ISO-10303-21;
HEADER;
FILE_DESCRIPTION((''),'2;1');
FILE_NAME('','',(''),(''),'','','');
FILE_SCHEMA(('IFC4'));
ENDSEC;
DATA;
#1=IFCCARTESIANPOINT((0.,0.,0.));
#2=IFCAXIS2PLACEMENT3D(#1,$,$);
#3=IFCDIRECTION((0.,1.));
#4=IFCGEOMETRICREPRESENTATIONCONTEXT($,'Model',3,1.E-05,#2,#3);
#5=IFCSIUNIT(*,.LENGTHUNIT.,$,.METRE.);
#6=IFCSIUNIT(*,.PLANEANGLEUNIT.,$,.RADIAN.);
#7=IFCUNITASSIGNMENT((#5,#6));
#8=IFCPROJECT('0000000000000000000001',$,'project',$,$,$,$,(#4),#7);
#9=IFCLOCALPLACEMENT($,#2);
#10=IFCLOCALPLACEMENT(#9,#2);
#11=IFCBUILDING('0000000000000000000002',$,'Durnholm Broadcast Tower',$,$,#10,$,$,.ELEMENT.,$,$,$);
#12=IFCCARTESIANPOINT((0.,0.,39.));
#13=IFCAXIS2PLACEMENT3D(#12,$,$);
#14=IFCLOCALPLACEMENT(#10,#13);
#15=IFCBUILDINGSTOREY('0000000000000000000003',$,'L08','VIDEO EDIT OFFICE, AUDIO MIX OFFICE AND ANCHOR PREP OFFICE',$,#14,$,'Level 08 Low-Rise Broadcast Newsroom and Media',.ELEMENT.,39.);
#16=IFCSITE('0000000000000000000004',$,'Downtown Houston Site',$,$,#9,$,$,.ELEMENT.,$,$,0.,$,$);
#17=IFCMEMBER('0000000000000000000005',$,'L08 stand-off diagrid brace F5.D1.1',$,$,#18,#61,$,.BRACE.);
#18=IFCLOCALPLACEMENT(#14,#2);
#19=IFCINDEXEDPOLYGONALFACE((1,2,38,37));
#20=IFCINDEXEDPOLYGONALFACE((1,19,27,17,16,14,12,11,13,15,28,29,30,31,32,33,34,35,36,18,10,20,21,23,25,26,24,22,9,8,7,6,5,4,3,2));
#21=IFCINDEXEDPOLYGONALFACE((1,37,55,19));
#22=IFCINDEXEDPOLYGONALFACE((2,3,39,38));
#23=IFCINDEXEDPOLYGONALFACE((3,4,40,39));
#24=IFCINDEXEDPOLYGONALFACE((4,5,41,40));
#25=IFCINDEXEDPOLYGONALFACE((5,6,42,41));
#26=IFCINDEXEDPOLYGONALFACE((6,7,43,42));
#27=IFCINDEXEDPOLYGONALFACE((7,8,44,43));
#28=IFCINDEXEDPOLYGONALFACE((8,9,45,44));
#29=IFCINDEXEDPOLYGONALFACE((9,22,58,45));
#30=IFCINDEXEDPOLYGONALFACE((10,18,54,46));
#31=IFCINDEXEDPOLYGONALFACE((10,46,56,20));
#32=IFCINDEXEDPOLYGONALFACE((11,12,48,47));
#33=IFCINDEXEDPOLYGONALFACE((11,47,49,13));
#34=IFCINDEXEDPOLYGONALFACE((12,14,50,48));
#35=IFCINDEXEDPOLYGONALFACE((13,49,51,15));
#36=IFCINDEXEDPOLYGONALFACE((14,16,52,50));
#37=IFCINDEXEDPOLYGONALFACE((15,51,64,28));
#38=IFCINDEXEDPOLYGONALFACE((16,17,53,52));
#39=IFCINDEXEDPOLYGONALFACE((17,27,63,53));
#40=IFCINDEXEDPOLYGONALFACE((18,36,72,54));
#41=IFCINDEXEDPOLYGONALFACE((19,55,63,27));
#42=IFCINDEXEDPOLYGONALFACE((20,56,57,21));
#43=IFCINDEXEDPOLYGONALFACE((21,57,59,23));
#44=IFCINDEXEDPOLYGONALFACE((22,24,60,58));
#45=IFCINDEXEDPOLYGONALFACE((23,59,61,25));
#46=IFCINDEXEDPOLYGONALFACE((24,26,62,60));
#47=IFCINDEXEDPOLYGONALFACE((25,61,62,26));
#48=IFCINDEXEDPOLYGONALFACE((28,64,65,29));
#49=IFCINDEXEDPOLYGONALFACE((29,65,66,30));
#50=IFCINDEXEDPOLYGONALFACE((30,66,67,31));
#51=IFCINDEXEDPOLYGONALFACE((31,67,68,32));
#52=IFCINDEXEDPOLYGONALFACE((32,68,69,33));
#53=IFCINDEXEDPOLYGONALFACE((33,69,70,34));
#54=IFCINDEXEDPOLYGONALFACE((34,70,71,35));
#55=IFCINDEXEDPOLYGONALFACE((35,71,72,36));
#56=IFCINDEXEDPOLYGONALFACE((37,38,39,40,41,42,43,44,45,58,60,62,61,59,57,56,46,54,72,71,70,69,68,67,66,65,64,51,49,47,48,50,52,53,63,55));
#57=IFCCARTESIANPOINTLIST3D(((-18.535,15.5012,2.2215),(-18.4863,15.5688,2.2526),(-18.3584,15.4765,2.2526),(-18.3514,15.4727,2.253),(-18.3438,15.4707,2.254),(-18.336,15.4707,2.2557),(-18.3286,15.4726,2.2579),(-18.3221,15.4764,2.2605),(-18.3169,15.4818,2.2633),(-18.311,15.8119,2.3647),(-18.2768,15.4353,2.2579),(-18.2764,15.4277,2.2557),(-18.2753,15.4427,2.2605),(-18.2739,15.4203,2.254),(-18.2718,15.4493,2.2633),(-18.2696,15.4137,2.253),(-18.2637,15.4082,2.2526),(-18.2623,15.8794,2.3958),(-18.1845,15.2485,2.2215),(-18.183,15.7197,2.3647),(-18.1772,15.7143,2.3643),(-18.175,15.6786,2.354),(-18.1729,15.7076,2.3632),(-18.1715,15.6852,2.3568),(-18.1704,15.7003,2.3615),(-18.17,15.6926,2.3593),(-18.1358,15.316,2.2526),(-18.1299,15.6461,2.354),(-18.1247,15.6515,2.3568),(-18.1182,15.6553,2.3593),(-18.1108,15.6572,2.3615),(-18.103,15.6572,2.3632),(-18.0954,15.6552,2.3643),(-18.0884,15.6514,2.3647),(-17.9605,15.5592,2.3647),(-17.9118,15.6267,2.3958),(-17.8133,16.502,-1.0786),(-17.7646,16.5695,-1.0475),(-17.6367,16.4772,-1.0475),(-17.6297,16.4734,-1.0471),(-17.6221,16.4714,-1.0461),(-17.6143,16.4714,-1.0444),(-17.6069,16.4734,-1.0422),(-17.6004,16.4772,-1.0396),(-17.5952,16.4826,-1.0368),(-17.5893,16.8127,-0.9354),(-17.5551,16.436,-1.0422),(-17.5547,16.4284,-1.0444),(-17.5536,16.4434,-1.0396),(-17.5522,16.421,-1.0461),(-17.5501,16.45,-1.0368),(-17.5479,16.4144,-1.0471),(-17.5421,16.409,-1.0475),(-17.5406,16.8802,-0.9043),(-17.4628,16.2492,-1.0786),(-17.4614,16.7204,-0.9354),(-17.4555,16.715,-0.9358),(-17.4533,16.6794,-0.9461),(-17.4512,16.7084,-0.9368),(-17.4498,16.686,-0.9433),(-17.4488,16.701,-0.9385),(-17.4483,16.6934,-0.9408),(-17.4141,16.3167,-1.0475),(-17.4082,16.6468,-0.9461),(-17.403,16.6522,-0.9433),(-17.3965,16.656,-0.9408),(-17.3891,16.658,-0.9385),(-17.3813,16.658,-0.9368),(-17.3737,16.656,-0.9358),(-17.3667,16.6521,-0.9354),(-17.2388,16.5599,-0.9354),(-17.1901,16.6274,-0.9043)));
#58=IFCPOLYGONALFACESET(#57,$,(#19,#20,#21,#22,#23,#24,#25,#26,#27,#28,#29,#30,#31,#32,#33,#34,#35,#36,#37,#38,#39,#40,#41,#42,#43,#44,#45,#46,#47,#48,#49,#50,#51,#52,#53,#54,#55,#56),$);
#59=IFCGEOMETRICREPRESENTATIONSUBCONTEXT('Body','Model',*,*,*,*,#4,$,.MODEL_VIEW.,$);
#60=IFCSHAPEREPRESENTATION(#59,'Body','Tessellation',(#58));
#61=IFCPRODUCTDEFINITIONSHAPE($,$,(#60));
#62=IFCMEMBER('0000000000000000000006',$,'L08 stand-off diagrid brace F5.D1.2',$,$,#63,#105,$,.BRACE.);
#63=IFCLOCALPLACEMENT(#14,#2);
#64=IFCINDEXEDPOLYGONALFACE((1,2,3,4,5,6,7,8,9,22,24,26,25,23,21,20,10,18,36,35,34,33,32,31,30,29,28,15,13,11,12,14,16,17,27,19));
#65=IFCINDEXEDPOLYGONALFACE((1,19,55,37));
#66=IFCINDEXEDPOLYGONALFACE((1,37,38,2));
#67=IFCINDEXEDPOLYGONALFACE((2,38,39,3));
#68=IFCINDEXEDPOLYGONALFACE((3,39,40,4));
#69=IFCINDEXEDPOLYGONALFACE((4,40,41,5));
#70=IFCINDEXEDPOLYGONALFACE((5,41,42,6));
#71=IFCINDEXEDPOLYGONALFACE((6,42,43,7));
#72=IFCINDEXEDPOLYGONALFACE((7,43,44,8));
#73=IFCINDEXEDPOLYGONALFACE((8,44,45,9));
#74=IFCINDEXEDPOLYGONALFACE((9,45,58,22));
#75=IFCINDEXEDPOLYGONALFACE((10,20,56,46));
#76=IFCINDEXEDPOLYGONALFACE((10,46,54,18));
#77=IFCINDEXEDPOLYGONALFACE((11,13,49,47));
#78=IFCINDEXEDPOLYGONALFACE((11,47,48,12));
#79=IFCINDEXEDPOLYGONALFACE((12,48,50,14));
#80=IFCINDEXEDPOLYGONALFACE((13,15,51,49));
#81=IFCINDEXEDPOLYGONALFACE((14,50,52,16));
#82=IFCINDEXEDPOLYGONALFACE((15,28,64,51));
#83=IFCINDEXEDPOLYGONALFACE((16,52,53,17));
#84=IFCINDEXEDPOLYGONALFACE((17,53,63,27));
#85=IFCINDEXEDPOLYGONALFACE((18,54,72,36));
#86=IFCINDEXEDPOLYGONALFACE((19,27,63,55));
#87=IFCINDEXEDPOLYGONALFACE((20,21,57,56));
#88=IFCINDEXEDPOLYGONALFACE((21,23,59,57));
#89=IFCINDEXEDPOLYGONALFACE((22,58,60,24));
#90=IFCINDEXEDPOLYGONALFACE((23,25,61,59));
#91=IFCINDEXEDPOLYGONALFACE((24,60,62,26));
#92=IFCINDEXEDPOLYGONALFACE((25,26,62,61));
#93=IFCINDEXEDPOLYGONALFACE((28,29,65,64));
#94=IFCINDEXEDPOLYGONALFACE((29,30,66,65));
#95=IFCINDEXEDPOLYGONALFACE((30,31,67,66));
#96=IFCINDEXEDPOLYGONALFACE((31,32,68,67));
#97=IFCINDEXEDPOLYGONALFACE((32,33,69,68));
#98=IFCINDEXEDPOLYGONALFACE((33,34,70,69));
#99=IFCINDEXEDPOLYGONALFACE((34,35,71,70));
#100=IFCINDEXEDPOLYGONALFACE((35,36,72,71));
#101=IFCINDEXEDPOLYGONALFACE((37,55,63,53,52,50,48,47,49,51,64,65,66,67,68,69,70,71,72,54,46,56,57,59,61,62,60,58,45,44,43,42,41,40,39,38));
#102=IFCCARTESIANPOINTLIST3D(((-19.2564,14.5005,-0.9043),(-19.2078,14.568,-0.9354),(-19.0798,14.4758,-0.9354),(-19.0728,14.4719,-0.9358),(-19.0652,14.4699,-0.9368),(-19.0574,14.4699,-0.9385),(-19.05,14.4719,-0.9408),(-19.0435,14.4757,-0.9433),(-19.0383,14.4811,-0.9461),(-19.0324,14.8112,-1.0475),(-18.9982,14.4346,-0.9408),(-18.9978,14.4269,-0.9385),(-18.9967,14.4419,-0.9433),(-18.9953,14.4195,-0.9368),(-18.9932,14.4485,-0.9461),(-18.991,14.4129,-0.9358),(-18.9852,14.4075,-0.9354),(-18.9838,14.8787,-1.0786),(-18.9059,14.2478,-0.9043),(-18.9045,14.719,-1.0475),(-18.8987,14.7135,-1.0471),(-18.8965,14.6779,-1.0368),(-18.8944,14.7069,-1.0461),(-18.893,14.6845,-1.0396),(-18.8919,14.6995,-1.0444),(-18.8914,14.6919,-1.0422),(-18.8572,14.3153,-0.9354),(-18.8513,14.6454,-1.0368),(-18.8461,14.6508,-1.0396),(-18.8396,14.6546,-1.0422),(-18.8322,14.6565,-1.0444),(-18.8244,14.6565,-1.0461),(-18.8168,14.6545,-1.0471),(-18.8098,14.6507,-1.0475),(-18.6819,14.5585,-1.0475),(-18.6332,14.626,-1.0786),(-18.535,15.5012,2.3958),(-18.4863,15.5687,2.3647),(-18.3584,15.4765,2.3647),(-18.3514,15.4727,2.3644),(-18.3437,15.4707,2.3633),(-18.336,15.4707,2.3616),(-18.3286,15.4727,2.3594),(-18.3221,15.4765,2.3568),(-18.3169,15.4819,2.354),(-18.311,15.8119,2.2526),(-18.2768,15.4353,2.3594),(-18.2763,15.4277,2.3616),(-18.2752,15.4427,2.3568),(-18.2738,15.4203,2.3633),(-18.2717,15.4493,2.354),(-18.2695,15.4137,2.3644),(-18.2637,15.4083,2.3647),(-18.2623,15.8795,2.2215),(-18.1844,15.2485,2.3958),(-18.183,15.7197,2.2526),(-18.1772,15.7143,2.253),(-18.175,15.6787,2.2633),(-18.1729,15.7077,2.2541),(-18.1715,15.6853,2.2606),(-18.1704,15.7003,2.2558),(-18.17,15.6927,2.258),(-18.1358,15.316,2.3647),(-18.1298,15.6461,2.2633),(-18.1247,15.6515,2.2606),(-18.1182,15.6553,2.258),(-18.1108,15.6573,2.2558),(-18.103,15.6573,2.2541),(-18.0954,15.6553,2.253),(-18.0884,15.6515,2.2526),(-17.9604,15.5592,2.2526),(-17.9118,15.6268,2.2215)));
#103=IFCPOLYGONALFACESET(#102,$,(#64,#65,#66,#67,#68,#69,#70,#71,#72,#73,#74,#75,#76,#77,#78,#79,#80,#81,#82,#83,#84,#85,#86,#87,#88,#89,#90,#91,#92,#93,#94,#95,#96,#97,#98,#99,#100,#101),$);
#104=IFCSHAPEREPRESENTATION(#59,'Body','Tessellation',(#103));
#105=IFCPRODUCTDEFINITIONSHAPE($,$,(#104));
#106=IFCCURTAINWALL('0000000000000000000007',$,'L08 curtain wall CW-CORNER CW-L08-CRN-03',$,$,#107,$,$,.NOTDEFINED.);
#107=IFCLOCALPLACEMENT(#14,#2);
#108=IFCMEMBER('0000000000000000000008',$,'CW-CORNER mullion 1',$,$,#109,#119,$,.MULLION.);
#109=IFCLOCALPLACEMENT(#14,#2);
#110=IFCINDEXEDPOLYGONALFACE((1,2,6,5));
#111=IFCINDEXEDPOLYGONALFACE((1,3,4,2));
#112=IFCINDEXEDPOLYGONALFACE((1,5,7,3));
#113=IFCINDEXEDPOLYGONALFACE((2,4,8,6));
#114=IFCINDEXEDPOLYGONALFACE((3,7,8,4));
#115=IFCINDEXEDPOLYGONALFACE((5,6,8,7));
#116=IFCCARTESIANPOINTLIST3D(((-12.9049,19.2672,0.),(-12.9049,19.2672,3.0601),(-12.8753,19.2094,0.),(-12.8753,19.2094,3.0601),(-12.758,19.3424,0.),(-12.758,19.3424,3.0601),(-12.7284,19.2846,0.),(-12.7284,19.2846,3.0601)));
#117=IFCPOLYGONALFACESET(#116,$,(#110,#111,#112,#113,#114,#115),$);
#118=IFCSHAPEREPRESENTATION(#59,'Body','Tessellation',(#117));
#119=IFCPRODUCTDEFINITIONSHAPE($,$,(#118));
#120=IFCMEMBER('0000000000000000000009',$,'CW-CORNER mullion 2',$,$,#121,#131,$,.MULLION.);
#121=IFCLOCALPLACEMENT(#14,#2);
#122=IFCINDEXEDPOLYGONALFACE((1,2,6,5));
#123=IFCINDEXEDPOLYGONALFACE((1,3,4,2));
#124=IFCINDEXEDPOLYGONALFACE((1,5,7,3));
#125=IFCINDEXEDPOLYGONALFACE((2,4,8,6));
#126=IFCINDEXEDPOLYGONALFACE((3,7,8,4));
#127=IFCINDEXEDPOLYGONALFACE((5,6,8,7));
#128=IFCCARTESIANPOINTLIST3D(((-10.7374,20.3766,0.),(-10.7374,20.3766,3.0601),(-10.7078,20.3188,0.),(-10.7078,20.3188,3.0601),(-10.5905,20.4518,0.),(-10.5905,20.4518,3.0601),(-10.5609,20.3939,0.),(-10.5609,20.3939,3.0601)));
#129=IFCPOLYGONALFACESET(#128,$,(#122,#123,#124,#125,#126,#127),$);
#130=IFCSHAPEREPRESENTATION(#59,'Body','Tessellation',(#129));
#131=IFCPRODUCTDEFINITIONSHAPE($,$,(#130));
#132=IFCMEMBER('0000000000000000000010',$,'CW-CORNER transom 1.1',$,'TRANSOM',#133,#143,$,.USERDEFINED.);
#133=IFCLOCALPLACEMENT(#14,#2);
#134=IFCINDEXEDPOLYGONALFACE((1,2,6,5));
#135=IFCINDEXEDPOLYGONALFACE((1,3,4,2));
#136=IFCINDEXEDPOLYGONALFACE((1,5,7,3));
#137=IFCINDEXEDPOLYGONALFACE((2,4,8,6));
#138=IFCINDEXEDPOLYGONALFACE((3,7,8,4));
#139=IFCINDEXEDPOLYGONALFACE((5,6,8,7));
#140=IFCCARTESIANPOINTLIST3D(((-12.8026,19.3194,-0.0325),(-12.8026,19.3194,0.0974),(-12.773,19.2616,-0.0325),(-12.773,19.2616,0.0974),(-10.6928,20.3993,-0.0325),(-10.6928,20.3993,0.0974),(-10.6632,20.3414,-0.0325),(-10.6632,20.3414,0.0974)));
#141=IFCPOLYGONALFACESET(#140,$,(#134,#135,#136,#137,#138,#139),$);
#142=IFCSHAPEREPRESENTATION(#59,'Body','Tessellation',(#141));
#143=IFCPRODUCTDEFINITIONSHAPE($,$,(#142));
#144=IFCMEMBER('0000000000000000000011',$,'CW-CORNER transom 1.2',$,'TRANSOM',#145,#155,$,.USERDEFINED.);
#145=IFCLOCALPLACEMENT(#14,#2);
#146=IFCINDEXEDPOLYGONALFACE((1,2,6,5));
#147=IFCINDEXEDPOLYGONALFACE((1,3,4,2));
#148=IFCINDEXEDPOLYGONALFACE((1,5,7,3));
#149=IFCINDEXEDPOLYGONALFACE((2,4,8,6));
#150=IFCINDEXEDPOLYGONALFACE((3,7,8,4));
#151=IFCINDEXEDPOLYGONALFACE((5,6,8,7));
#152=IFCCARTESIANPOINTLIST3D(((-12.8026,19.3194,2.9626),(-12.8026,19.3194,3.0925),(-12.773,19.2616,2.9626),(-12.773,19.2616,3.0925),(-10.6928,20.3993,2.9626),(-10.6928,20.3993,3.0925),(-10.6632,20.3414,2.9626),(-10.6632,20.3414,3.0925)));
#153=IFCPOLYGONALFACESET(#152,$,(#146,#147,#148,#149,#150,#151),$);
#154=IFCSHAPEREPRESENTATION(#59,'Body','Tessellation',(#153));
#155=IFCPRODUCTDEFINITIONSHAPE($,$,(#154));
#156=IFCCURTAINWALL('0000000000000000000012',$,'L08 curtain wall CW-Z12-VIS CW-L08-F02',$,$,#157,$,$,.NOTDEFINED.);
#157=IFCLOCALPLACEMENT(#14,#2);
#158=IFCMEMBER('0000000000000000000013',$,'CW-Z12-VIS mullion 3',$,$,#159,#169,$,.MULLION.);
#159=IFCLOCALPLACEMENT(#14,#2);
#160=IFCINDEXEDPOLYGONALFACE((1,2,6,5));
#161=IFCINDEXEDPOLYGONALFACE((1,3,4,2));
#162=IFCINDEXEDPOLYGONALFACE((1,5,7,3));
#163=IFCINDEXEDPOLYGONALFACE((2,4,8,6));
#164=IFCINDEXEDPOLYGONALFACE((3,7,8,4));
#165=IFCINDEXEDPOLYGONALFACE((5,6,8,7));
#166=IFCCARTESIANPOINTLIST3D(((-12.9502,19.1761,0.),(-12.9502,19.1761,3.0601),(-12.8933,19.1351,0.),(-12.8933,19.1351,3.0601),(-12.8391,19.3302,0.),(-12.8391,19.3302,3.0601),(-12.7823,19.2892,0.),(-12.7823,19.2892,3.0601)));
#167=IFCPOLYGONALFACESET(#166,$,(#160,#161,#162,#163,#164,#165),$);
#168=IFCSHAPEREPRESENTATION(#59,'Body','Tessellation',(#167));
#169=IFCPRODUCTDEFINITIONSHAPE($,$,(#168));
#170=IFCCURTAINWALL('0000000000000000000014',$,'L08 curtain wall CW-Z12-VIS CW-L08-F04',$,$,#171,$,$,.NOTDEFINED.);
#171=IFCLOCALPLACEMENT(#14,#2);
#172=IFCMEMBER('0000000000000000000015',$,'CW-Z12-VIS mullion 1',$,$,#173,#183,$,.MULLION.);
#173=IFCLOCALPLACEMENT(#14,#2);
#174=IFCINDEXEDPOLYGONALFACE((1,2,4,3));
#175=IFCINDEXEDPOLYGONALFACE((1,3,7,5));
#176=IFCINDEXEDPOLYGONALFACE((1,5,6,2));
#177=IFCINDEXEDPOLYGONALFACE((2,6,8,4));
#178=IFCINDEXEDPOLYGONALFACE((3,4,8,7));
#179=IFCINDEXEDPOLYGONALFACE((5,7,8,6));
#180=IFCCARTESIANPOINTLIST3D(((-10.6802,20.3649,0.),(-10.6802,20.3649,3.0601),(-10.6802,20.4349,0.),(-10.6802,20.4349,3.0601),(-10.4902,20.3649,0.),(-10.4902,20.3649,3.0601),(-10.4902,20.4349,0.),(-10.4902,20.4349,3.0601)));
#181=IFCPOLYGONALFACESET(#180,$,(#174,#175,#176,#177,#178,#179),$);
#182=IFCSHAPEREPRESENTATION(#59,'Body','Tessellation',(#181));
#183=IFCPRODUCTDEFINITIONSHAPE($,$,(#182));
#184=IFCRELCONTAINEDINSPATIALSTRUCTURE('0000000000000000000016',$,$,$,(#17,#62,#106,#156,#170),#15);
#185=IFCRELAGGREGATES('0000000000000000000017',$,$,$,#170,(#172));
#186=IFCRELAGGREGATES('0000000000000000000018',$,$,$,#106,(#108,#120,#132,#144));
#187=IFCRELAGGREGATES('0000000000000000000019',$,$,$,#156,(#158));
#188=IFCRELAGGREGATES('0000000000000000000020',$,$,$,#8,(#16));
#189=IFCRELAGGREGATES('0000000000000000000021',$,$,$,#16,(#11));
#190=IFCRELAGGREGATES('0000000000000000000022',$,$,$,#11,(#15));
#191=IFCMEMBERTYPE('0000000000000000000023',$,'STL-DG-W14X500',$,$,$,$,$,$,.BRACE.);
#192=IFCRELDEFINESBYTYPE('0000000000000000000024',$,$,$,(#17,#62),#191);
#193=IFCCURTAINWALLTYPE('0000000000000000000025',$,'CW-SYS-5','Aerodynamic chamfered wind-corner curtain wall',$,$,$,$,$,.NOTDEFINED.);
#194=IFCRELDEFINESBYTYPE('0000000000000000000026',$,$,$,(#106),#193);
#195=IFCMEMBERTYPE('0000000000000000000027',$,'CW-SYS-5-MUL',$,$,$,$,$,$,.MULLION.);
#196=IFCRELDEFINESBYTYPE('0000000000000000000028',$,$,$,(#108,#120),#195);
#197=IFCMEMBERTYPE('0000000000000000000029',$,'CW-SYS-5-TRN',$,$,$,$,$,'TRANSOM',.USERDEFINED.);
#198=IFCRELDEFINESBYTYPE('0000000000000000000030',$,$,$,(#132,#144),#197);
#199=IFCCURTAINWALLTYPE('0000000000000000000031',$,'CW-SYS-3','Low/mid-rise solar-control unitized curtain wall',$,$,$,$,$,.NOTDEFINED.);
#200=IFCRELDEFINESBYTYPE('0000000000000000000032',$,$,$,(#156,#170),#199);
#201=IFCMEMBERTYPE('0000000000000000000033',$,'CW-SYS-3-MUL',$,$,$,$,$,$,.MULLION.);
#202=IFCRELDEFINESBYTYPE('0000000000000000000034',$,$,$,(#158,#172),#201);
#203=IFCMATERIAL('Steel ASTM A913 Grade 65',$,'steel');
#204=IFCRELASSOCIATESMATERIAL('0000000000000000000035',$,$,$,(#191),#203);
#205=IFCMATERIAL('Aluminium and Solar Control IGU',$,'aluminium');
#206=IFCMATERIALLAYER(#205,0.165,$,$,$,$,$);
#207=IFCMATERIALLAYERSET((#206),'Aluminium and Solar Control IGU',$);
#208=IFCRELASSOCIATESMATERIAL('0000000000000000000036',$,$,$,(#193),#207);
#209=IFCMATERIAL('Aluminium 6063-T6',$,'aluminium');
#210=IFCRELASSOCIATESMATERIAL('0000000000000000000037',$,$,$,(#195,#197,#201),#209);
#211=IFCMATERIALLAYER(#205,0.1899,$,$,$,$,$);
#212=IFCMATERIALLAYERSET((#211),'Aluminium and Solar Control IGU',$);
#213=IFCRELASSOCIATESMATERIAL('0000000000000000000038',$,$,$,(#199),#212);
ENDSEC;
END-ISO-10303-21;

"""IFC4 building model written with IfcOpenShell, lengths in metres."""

from ifc_helpers import new_model, si_unit, direction, frame, origin, origin_2d, place, context, subcontext, project, spatial, rectangle, i_section, extrude, source, transform, mapped, material, layer, layer_set, material_profile, profile_set, type_object, type_shapes, element, aggregate, save


model = new_model("IFC4")

# Units and contexts
model_context = context("Model", 3, precision=1e-05, world=origin(), true_north=direction((0.0, 1.0)))
body_context = subcontext(model_context, "Body", "Model", "MODEL_VIEW")
ifc_project = project(units=[si_unit("LENGTHUNIT", "METRE"), si_unit("PLANEANGLEUNIT", "RADIAN")], contexts=[model_context])

# Site, building, storey
site_placement = place(None, origin())
site = spatial("IfcSite", under=ifc_project, at=site_placement, Name="Downtown Houston Site", CompositionType="ELEMENT", RefElevation=0.0)
building_placement = place(site_placement, origin())
building = spatial("IfcBuilding", under=site, at=building_placement, Name="Durnholm Broadcast Tower", CompositionType="ELEMENT")
storey_placement = place(building_placement, frame((0.0, 0.0, 39.0)))
storey = spatial("IfcBuildingStorey", under=building, at=storey_placement, Name="L08", Description="VIDEO EDIT OFFICE, AUDIO MIX OFFICE AND ANCHOR PREP OFFICE", LongName="Level 08 Low-Rise Broadcast Newsroom and Media", CompositionType="ELEMENT", Elevation=39.0)

# Members
ifc_material_1 = material(Name="Steel ASTM A913 Grade 65", Category="steel")
ifc_material_profile_1 = material_profile(ifc_material_1, i_section(OverallWidth=0.4321, OverallDepth=0.4978, WebThickness=0.0557, FlangeThickness=0.0889, FilletRadius=0.0305, at=origin_2d()), Name="W14X500")
ifc_profile_set_1 = profile_set([ifc_material_profile_1], Name="Steel ASTM A913 Grade 65")
member_type_1 = type_object("IfcMemberType", Name="STL-DG-W14X500", PredefinedType="BRACE", material=ifc_profile_set_1)
shared_shape_1 = source(origin(), body_context, "Body", "SweptSolid", [
    extrude(i_section(OverallWidth=0.4321, OverallDepth=0.4978, WebThickness=0.0557, FlangeThickness=0.0889, FilletRadius=0.0305, at=origin_2d()), origin(), (0.0, 0.0, 1.0), 3.5232),
])
type_shapes(member_type_1, [shared_shape_1])
for number, where, z_axis, x_axis, name in (
    (1, (-17.5017, 16.5647, -0.9915), (-0.204839, -0.284045, 0.936675), (0.811091, -0.58492, 0.0), "L08 stand-off diagrid brace F5.D1.1"),
    (2, (-18.9448, 14.5632, -0.9915), (0.204773, 0.284049, 0.936688), (-0.811185, 0.584789, 0.0), "L08 stand-off diagrid brace F5.D1.2"),
):
    element("IfcMember", number, at=place(storey_placement, frame(where, z_axis=z_axis, x_axis=x_axis)), inside=storey, type_object=member_type_1, Name=name, PredefinedType="BRACE", context=body_context, shape_type="MappedRepresentation", body=[
        mapped(shared_shape_1, transform((0.0, 0.0, 0.0), x_axis=(1.0, 0.0, 0.0), y_axis=(0.0, 1.0, 0.0), z_axis=(0.0, 0.0, 1.0), scale=1.0)),
    ])

# Curtain wall, members
ifc_material_2 = material(Name="Aluminium and Solar Control IGU", Category="aluminium")
ifc_layer_1 = layer(ifc_material_2, 0.165)
ifc_layer_set_1 = layer_set([ifc_layer_1], Name="Aluminium and Solar Control IGU")
curtain_wall_type_1 = type_object("IfcCurtainWallType", Name="CW-SYS-5", Description="Aerodynamic chamfered wind-corner curtain wall", PredefinedType="NOTDEFINED", material=ifc_layer_set_1)
curtain_wall_1_placement = place(storey_placement, origin())
curtain_wall_1 = element("IfcCurtainWall", 3, at=curtain_wall_1_placement, inside=storey, type_object=curtain_wall_type_1, Name="L08 curtain wall CW-CORNER CW-L08-CRN-03", PredefinedType="NOTDEFINED")
ifc_material_3 = material(Name="Aluminium 6063-T6", Category="aluminium")
ifc_material_profile_2 = material_profile(ifc_material_3, rectangle(XDim=0.0649, YDim=0.165, at=origin_2d()), Name="CWM65X165")
ifc_profile_set_2 = profile_set([ifc_material_profile_2], Name="Aluminium 6063-T6")
member_type_2 = type_object("IfcMemberType", Name="CW-SYS-5-MUL", PredefinedType="MULLION", material=ifc_profile_set_2)
shared_shape_2 = source(origin(), body_context, "Body", "SweptSolid", [
    extrude(rectangle(XDim=0.0649, YDim=0.165, at=origin_2d()), origin(), (0.0, 0.0, 1.0), 3.0601),
])
type_shapes(member_type_2, [shared_shape_2])
member_1_placement = place(storey_placement, frame((-12.8167, 19.2759, 0.0), z_axis=(0.0, 0.0, 1.0), x_axis=(-0.455594, 0.890188, 0.0)))
member_1 = element("IfcMember", 4, at=member_1_placement, type_object=member_type_2, Name="CW-CORNER mullion 1", PredefinedType="MULLION", context=body_context, shape_type="MappedRepresentation", body=[
    mapped(shared_shape_2, transform((0.0, 0.0, 0.0), x_axis=(1.0, 0.0, 0.0), y_axis=(0.0, 1.0, 0.0), z_axis=(0.0, 0.0, 1.0), scale=1.0)),
])
member_2_placement = place(storey_placement, frame((-10.6492, 20.3853, 0.0), z_axis=(0.0, 0.0, 1.0), x_axis=(-0.455594, 0.890188, 0.0)))
member_2 = element("IfcMember", 5, at=member_2_placement, type_object=member_type_2, Name="CW-CORNER mullion 2", PredefinedType="MULLION", context=body_context, shape_type="MappedRepresentation", body=[
    mapped(shared_shape_2, transform((0.0, 0.0, 0.0), x_axis=(1.0, 0.0, 0.0), y_axis=(0.0, 1.0, 0.0), z_axis=(0.0, 0.0, 1.0), scale=1.0)),
])
ifc_material_profile_3 = material_profile(ifc_material_3, rectangle(XDim=0.0649, YDim=0.1299, at=origin_2d()), Name="CWT65X130")
ifc_profile_set_3 = profile_set([ifc_material_profile_3], Name="Aluminium 6063-T6")
member_type_3 = type_object("IfcMemberType", Name="CW-SYS-5-TRN", ElementType="TRANSOM", PredefinedType="USERDEFINED", material=ifc_profile_set_3)
shared_shape_3 = source(origin(), body_context, "Body", "SweptSolid", [
    extrude(rectangle(XDim=0.0649, YDim=0.1299, at=origin_2d()), origin(), (0.0, 0.0, 1.0), 2.3701),
])
type_shapes(member_type_3, [shared_shape_3])
member_3_placement = place(storey_placement, frame((-12.7878, 19.2905, 0.0325), z_axis=(0.890185, 0.455599, 0.0), x_axis=(-0.455599, 0.890185, 0.0)))
member_3 = element("IfcMember", 6, at=member_3_placement, type_object=member_type_3, Name="CW-CORNER transom 1.1", ObjectType="TRANSOM", PredefinedType="USERDEFINED", context=body_context, shape_type="MappedRepresentation", body=[
    mapped(shared_shape_3, transform((0.0, 0.0, 0.0), x_axis=(1.0, 0.0, 0.0), y_axis=(0.0, 1.0, 0.0), z_axis=(0.0, 0.0, 1.0), scale=1.0)),
])
member_4_placement = place(storey_placement, frame((-12.7878, 19.2905, 3.0276), z_axis=(0.890185, 0.455599, 0.0), x_axis=(-0.455599, 0.890185, 0.0)))
member_4 = element("IfcMember", 7, at=member_4_placement, type_object=member_type_3, Name="CW-CORNER transom 1.2", ObjectType="TRANSOM", PredefinedType="USERDEFINED", context=body_context, shape_type="MappedRepresentation", body=[
    mapped(shared_shape_3, transform((0.0, 0.0, 0.0), x_axis=(1.0, 0.0, 0.0), y_axis=(0.0, 1.0, 0.0), z_axis=(0.0, 0.0, 1.0), scale=1.0)),
])

# Curtain wall, member
ifc_layer_2 = layer(ifc_material_2, 0.1899)
ifc_layer_set_2 = layer_set([ifc_layer_2], Name="Aluminium and Solar Control IGU")
curtain_wall_type_2 = type_object("IfcCurtainWallType", Name="CW-SYS-3", Description="Low/mid-rise solar-control unitized curtain wall", PredefinedType="NOTDEFINED", material=ifc_layer_set_2)
curtain_wall_2_placement = place(storey_placement, origin())
curtain_wall_2 = element("IfcCurtainWall", 8, at=curtain_wall_2_placement, inside=storey, type_object=curtain_wall_type_2, Name="L08 curtain wall CW-Z12-VIS CW-L08-F02", PredefinedType="NOTDEFINED")
ifc_material_profile_4 = material_profile(ifc_material_3, rectangle(XDim=0.0701, YDim=0.1899, at=origin_2d()), Name="CWM70X190")
ifc_profile_set_4 = profile_set([ifc_material_profile_4], Name="Aluminium 6063-T6")
member_type_4 = type_object("IfcMemberType", Name="CW-SYS-3-MUL", PredefinedType="MULLION", material=ifc_profile_set_4)
shared_shape_4 = source(origin(), body_context, "Body", "SweptSolid", [
    extrude(rectangle(XDim=0.0701, YDim=0.1899, at=origin_2d()), origin(), (0.0, 0.0, 1.0), 3.0601),
])
type_shapes(member_type_4, [shared_shape_4])
member_5_placement = place(storey_placement, frame((-12.8662, 19.2327, 0.0), z_axis=(0.0, 0.0, 1.0), x_axis=(-0.811161, 0.584823, 0.0)))
member_5 = element("IfcMember", 9, at=member_5_placement, type_object=member_type_4, Name="CW-Z12-VIS mullion 3", PredefinedType="MULLION", context=body_context, shape_type="MappedRepresentation", body=[
    mapped(shared_shape_4, transform((0.0, 0.0, 0.0), x_axis=(1.0, 0.0, 0.0), y_axis=(0.0, 1.0, 0.0), z_axis=(0.0, 0.0, 1.0), scale=1.0)),
])

# Curtain wall, member
curtain_wall_3_placement = place(storey_placement, origin())
curtain_wall_3 = element("IfcCurtainWall", 10, at=curtain_wall_3_placement, inside=storey, type_object=curtain_wall_type_2, Name="L08 curtain wall CW-Z12-VIS CW-L08-F04", PredefinedType="NOTDEFINED")
member_6_placement = place(storey_placement, frame((-10.5852, 20.3999, 0.0), z_axis=(0.0, 0.0, 1.0), x_axis=(0.0, 1.0, 0.0)))
member_6 = element("IfcMember", 11, at=member_6_placement, type_object=member_type_4, Name="CW-Z12-VIS mullion 1", PredefinedType="MULLION", context=body_context, shape_type="MappedRepresentation", body=[
    mapped(shared_shape_4, transform((0.0, 0.0, 0.0), x_axis=(1.0, 0.0, 0.0), y_axis=(0.0, 1.0, 0.0), z_axis=(0.0, 0.0, 1.0), scale=1.0)),
])
aggregate(curtain_wall_3, [member_6])

aggregate(curtain_wall_1, [member_1, member_2, member_3, member_4])
aggregate(curtain_wall_2, [member_5])

save(model, "model.ifc")
